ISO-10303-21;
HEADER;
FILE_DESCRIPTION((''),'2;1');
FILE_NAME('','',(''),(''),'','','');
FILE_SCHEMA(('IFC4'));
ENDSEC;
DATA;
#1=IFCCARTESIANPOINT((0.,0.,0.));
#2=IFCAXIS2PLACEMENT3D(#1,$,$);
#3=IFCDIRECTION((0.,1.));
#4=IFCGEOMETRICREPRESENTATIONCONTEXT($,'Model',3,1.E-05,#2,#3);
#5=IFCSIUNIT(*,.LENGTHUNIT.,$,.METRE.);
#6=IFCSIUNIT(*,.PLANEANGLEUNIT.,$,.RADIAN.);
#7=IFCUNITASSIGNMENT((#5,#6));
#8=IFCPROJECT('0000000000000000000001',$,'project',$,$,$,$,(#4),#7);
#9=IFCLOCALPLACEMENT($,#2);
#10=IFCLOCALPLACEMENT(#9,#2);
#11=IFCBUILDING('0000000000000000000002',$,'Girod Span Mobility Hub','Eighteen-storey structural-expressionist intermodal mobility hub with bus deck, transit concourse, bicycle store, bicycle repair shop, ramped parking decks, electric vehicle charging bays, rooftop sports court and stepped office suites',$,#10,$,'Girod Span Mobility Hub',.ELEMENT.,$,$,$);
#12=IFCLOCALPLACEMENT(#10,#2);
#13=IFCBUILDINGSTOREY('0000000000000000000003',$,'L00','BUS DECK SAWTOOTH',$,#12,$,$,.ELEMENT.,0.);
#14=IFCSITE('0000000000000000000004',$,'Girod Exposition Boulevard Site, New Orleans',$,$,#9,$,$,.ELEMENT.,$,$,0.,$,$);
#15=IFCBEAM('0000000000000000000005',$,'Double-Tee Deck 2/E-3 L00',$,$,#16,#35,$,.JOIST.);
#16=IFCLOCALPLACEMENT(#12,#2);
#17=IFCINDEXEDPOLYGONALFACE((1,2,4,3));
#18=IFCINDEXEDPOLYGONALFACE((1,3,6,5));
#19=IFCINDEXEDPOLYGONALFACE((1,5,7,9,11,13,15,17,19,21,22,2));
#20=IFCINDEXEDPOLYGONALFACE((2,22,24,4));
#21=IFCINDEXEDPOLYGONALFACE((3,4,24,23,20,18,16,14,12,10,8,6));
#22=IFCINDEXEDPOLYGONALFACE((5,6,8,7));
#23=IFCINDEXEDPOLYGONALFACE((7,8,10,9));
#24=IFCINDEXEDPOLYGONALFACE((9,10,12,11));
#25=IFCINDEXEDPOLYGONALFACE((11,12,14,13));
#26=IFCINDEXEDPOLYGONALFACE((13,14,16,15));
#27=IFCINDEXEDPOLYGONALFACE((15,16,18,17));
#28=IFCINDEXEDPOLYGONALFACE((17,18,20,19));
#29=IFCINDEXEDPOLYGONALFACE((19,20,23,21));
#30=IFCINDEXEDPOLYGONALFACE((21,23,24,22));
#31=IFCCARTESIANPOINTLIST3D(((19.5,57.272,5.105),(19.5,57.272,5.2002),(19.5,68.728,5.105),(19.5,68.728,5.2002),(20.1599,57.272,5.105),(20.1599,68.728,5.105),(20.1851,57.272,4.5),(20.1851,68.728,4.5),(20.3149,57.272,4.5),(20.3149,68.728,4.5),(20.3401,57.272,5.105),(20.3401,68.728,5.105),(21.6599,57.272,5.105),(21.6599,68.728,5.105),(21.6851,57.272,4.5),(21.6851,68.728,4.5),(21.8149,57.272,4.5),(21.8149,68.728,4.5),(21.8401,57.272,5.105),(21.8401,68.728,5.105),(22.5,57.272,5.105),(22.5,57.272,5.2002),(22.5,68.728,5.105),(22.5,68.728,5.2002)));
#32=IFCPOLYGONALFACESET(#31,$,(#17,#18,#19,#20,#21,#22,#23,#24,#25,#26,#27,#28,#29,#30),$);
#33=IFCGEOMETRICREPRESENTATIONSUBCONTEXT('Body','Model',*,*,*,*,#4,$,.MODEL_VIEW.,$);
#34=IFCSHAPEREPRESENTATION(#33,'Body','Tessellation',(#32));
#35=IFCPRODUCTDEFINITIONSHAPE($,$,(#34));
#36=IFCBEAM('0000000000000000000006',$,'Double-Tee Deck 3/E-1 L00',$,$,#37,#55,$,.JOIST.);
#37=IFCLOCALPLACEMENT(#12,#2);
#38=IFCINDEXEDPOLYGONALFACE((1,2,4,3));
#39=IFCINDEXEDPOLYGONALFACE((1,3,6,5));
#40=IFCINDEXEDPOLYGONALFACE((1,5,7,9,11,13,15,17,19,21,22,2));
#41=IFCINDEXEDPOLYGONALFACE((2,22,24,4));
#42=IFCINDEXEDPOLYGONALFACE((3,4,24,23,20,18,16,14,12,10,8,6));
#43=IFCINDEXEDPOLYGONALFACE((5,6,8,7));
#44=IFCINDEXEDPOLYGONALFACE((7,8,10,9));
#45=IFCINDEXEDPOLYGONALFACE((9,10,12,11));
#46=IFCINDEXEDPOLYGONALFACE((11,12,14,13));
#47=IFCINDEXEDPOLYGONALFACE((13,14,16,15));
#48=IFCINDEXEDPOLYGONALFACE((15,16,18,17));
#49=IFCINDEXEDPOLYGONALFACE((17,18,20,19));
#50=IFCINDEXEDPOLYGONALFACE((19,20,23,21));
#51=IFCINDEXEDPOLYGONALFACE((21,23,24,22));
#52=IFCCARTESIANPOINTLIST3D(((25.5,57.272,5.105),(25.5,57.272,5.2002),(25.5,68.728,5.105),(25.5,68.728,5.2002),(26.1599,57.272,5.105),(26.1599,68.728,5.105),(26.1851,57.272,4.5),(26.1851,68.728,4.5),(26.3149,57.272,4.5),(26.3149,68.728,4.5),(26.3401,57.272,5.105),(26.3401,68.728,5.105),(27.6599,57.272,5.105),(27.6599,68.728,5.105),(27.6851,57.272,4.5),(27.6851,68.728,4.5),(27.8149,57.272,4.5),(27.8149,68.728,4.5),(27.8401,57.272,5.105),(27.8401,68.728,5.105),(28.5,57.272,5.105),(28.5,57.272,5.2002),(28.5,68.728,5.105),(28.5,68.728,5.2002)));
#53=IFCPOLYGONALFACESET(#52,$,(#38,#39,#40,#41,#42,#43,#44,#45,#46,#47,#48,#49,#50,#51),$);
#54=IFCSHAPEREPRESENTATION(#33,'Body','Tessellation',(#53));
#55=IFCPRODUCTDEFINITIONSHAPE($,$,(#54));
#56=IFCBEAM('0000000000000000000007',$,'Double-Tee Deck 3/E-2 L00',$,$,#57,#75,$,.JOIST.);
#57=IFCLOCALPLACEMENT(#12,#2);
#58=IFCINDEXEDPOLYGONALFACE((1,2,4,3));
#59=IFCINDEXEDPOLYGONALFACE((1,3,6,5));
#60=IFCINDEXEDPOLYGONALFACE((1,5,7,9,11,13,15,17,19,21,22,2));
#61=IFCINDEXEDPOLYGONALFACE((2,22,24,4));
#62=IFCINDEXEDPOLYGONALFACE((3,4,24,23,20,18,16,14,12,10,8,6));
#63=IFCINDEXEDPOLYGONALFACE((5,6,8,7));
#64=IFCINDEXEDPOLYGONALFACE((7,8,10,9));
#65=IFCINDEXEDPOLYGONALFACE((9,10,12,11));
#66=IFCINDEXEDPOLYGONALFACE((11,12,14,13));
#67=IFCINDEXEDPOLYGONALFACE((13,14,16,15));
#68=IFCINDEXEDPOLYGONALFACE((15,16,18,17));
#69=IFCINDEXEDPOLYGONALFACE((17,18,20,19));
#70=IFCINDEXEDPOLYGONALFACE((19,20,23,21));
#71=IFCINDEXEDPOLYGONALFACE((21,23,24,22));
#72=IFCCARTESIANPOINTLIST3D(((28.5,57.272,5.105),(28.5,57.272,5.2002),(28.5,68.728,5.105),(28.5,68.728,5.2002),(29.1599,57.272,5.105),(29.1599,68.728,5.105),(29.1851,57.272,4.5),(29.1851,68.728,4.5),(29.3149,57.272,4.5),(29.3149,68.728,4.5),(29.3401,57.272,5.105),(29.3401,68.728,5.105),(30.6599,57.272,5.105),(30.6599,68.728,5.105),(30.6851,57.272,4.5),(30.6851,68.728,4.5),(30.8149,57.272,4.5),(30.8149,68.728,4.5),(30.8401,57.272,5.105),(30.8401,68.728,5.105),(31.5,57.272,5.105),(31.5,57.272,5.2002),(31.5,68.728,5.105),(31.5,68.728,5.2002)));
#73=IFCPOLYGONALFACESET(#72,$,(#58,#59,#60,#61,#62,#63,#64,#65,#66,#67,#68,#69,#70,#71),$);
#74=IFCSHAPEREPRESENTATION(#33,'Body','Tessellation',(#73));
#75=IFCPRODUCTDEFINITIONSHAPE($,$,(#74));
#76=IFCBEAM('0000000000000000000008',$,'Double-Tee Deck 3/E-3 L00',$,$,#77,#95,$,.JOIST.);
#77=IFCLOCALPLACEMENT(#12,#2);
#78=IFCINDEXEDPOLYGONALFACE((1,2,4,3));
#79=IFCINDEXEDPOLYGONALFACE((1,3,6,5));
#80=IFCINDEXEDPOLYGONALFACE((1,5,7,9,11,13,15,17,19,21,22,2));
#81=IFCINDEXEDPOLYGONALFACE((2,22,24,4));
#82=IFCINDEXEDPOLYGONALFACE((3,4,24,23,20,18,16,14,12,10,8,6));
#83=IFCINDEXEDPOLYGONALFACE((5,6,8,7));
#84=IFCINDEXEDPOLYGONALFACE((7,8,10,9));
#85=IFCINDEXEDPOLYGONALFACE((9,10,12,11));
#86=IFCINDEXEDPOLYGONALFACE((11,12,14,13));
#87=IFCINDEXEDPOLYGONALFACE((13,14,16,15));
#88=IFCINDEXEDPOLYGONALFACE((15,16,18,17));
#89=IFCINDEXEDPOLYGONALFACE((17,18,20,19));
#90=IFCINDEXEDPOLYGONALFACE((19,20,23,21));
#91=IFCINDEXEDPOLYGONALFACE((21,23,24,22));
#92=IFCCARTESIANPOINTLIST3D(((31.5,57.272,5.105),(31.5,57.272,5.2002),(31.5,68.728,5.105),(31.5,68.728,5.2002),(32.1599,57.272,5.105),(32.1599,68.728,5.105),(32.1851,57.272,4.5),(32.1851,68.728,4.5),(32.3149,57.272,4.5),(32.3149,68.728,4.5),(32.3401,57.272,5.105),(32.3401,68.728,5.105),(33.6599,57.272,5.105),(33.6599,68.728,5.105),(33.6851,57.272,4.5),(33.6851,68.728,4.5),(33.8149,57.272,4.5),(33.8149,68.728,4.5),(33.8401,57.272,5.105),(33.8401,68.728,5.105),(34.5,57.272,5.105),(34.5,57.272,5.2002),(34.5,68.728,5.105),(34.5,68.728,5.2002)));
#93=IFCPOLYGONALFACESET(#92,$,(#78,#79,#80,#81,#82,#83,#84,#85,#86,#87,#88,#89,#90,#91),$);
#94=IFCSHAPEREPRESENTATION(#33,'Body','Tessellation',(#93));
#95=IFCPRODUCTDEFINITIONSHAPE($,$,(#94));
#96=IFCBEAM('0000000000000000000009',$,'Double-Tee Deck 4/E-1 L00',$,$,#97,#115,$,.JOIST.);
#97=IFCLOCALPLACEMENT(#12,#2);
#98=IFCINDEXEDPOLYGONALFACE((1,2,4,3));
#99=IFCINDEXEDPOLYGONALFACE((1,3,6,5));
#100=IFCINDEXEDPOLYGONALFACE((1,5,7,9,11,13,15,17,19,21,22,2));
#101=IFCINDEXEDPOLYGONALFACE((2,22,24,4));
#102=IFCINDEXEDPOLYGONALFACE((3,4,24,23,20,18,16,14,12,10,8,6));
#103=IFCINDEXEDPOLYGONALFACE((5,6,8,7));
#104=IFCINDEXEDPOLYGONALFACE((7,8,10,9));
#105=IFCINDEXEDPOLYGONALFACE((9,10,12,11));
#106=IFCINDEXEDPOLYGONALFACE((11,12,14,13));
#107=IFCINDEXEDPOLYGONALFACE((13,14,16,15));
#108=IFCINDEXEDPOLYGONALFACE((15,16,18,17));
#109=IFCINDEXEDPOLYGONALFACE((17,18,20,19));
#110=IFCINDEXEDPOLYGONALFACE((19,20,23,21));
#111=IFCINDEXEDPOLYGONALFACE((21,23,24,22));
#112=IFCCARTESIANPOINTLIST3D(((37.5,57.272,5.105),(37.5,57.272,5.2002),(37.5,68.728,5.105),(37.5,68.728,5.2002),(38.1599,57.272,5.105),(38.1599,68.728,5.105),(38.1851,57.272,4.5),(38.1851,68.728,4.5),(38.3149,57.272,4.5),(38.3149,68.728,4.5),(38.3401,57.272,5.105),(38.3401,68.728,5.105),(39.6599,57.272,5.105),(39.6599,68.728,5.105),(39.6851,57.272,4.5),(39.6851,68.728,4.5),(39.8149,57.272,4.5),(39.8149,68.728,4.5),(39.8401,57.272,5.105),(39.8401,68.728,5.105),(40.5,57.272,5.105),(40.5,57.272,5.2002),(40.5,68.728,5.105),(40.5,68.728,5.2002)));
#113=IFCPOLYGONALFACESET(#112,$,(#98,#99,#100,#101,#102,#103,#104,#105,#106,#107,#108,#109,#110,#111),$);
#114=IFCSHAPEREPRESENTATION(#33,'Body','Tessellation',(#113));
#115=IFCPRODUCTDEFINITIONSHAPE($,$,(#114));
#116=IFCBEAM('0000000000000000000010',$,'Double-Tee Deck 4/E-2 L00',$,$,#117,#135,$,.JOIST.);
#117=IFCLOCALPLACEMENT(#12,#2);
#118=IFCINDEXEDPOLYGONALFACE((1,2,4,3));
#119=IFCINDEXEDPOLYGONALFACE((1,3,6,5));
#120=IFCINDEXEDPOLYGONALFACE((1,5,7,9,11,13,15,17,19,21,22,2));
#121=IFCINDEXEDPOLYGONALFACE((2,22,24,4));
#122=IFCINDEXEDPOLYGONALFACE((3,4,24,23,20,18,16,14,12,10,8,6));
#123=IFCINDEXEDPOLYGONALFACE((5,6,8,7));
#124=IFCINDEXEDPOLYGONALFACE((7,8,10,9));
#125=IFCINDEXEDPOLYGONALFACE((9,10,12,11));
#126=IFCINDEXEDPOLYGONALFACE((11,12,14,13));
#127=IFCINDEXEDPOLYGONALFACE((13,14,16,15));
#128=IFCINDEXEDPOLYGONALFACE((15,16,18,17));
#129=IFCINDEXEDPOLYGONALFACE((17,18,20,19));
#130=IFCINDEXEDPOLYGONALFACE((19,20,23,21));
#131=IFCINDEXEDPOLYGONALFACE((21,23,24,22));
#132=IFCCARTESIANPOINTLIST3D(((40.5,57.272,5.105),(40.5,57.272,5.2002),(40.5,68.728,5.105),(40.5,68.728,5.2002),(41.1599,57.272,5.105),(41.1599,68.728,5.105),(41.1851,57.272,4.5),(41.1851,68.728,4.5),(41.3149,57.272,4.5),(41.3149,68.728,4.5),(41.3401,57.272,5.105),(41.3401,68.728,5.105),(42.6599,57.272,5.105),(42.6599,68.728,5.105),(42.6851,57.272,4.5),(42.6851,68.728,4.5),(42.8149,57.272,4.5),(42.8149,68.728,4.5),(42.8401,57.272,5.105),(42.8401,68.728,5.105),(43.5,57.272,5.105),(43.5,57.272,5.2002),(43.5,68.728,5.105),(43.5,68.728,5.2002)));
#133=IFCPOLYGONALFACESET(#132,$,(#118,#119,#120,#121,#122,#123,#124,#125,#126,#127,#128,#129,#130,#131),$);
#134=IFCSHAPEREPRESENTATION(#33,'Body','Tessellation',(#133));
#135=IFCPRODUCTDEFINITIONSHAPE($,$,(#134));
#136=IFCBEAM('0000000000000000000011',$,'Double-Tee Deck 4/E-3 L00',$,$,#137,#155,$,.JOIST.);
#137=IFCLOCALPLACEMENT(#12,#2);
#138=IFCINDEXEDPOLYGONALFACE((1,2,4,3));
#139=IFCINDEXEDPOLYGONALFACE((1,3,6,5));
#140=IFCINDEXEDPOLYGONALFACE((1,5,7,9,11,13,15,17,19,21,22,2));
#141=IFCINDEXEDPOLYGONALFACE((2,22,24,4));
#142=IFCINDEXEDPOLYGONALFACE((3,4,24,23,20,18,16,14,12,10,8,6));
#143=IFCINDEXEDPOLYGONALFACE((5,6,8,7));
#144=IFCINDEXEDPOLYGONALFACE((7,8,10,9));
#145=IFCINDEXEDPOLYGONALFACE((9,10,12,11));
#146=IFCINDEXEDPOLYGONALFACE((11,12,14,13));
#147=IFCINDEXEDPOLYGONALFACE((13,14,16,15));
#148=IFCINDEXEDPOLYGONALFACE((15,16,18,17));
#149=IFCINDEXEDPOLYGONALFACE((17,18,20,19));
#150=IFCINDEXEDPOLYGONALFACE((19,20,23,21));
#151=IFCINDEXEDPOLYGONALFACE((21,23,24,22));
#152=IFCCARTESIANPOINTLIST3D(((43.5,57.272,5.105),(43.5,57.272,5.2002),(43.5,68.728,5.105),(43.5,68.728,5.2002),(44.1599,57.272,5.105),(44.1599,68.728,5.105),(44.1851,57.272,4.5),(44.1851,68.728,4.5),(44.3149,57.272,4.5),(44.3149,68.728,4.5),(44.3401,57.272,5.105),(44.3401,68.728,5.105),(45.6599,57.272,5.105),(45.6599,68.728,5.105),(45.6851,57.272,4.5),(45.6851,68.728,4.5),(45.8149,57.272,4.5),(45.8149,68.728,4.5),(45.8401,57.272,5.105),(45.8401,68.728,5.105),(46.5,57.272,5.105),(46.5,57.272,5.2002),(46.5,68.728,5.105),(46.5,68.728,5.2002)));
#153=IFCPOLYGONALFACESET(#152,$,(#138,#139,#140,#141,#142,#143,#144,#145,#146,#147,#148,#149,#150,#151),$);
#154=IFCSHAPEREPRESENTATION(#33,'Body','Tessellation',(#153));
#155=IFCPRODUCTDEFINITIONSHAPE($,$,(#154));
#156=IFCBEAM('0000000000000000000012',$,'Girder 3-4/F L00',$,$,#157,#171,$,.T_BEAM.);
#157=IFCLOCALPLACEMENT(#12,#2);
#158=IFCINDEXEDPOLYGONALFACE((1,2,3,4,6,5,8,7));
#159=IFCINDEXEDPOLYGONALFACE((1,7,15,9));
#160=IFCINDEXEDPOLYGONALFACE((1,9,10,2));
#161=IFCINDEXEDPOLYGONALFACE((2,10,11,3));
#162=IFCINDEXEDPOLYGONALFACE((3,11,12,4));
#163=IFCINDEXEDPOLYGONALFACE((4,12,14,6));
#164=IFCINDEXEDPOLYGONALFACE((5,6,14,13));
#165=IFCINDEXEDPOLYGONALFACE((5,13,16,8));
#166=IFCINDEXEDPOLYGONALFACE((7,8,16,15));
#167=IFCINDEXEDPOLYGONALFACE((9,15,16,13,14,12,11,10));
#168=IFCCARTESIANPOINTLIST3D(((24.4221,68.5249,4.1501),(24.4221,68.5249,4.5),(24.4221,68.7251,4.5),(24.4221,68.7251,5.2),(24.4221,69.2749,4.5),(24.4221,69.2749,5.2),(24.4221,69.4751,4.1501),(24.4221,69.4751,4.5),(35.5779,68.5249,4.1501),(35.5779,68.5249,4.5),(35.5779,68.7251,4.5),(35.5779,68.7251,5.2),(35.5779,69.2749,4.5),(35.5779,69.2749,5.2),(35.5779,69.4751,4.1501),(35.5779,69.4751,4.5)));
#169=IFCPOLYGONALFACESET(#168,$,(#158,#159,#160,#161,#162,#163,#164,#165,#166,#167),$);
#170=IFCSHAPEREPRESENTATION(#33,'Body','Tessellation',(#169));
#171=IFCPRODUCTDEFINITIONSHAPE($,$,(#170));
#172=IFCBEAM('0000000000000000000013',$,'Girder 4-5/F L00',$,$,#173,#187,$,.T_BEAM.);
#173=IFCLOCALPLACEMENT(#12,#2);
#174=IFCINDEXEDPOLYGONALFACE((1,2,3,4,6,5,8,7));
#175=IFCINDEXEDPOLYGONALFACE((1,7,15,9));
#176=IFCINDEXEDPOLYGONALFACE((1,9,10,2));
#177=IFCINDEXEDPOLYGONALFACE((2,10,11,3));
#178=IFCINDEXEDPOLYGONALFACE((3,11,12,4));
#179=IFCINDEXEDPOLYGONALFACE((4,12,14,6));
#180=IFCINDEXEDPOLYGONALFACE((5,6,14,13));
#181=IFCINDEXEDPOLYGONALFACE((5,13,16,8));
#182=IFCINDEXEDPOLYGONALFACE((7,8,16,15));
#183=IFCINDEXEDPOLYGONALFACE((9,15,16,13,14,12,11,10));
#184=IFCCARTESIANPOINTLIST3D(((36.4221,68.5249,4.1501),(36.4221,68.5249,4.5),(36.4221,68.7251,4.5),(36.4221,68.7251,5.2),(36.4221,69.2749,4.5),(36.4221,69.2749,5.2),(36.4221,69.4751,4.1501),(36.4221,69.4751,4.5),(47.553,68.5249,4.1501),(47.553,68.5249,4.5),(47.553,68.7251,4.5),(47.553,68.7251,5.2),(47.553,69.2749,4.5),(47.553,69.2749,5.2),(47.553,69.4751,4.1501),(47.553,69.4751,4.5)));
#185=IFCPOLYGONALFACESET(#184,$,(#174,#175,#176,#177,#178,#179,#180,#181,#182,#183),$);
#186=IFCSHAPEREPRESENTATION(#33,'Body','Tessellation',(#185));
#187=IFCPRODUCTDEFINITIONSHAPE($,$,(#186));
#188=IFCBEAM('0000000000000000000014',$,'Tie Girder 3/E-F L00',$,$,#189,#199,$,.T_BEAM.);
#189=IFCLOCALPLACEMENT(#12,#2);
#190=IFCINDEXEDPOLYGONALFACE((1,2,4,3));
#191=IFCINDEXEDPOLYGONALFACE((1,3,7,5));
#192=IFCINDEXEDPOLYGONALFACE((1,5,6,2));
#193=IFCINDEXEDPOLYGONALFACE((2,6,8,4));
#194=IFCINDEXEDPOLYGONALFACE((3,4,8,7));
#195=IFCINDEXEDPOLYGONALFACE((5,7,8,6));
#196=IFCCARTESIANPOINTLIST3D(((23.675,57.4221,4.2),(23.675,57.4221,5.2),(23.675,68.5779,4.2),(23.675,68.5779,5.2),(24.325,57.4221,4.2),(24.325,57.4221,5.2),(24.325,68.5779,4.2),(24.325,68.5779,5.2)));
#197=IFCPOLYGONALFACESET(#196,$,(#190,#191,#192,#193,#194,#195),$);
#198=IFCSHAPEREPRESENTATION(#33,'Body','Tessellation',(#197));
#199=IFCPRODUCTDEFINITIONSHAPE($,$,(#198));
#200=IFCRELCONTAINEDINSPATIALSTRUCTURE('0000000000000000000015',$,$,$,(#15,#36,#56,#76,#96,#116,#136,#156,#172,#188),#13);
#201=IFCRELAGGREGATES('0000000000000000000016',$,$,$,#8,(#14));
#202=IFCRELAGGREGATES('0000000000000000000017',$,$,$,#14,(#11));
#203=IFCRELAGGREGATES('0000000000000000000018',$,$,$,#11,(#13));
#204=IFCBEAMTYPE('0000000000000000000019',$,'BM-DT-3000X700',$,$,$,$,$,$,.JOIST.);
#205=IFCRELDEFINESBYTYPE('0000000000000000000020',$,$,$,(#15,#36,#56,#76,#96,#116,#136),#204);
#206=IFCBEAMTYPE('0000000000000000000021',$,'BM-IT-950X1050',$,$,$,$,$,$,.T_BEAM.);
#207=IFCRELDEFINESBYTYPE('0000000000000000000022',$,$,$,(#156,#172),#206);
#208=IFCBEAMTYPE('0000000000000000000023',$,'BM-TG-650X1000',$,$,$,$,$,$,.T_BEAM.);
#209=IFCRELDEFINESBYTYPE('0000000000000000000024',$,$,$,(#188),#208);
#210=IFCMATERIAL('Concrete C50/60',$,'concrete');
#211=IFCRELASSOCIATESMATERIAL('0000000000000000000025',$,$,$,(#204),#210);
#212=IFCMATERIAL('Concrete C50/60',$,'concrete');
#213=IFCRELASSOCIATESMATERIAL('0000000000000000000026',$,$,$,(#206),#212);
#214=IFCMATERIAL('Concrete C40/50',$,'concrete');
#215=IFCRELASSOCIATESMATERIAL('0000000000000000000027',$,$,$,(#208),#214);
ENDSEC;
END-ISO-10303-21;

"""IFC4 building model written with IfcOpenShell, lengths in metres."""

from ifc_helpers import new_model, si_unit, direction, frame, origin, origin_2d, place, context, subcontext, project, spatial, polyline, rectangle, outline, extrude, material, material_profile, profile_set, type_object, element, save


model = new_model("IFC4")

# Units and contexts
model_context = context("Model", 3, precision=1e-05, world=origin(), true_north=direction((0.0, 1.0)))
body_context = subcontext(model_context, "Body", "Model", "MODEL_VIEW")
ifc_project = project(units=[si_unit("LENGTHUNIT", "METRE"), si_unit("PLANEANGLEUNIT", "RADIAN")], contexts=[model_context])

# Site, building, storey
site_placement = place(None, origin())
site = spatial("IfcSite", under=ifc_project, at=site_placement, Name="Girod Exposition Boulevard Site, New Orleans", CompositionType="ELEMENT", RefElevation=0.0)
building_placement = place(site_placement, origin())
building = spatial("IfcBuilding", under=site, at=building_placement, Name="Girod Span Mobility Hub", Description="Eighteen-storey structural-expressionist intermodal mobility hub with bus deck, transit concourse, bicycle store, bicycle repair shop, ramped parking decks, electric vehicle charging bays, rooftop sports court and stepped office suites", LongName="Girod Span Mobility Hub", CompositionType="ELEMENT")
storey_placement = place(building_placement, origin())
storey = spatial("IfcBuildingStorey", under=building, at=storey_placement, Name="L00", Description="BUS DECK SAWTOOTH", CompositionType="ELEMENT", Elevation=0.0)

# Beams
ifc_material_1 = material(Name="Concrete C50/60", Category="concrete")
ifc_material_profile_1 = material_profile(ifc_material_1, outline(polyline([(-1.5, 0.3501), (-1.5, 0.2549), (-0.8401, 0.2549), (-0.8149, -0.3501), (-0.6851, -0.3501), (-0.6599, 0.2549), (0.6599, 0.2549), (0.6851, -0.3501), (0.8149, -0.3501), (0.8401, 0.2549), (1.5, 0.2549), (1.5, 0.3501), (-1.5, 0.3501)])), Name="DT-3000X700")
ifc_profile_set_1 = profile_set([ifc_material_profile_1], Name="Concrete C50/60")
beam_type_1 = type_object("IfcBeamType", Name="BM-DT-3000X700", PredefinedType="JOIST", material=ifc_profile_set_1)
for number, where, z_axis, x_axis, name in (
    (1, (21.0, 57.272, 4.8501), (0.0, 1.0, 0.0), (-1.0, 0.0, 0.0), "Double-Tee Deck 2/E-3 L00"),
    (2, (27.0, 57.272, 4.8501), (0.0, 1.0, 0.0), (-1.0, 0.0, 0.0), "Double-Tee Deck 3/E-1 L00"),
    (3, (30.0, 57.272, 4.8501), (0.0, 1.0, 0.0), (-1.0, 0.0, 0.0), "Double-Tee Deck 3/E-2 L00"),
    (4, (33.0, 57.272, 4.8501), (0.0, 1.0, 0.0), (-1.0, 0.0, 0.0), "Double-Tee Deck 3/E-3 L00"),
    (5, (39.0, 57.272, 4.8501), (0.0, 1.0, 0.0), (-1.0, 0.0, 0.0), "Double-Tee Deck 4/E-1 L00"),
    (6, (42.0, 57.272, 4.8501), (0.0, 1.0, 0.0), (-1.0, 0.0, 0.0), "Double-Tee Deck 4/E-2 L00"),
    (7, (45.0, 57.272, 4.8501), (0.0, 1.0, 0.0), (-1.0, 0.0, 0.0), "Double-Tee Deck 4/E-3 L00"),
):
    element("IfcBeam", number, at=place(storey_placement, frame(where, z_axis=z_axis, x_axis=x_axis)), inside=storey, type_object=beam_type_1, Name=name, PredefinedType="JOIST", context=body_context, shape_type="SweptSolid", body=[
        extrude(outline(polyline([(-1.5, 0.3501), (-1.5, 0.2549), (-0.8401, 0.2549), (-0.8149, -0.3501), (-0.6851, -0.3501), (-0.6599, 0.2549), (0.6599, 0.2549), (0.6851, -0.3501), (0.8149, -0.3501), (0.8401, 0.2549), (1.5, 0.2549), (1.5, 0.3501), (-1.5, 0.3501)])), origin(), (0.0, 0.0, 1.0), 11.4561),
    ])
ifc_material_2 = material(Name="Concrete C50/60", Category="concrete")
ifc_material_profile_2 = material_profile(ifc_material_2, outline(polyline([(-0.4751, -0.5249), (0.4751, -0.5249), (0.4751, -0.175), (0.2749, -0.175), (0.2749, 0.5249), (-0.2749, 0.5249), (-0.2749, -0.175), (-0.4751, -0.175), (-0.4751, -0.5249)])), Name="IT-950X1050")
ifc_profile_set_2 = profile_set([ifc_material_profile_2], Name="Concrete C50/60")
beam_type_2 = type_object("IfcBeamType", Name="BM-IT-950X1050", PredefinedType="T_BEAM", material=ifc_profile_set_2)
beam_1_placement = place(storey_placement, frame((24.4221, 69.0, 4.675), z_axis=(1.0, 0.0, 0.0), x_axis=(0.0, 1.0, 0.0)))
element("IfcBeam", 8, at=beam_1_placement, inside=storey, type_object=beam_type_2, Name="Girder 3-4/F L00", PredefinedType="T_BEAM", context=body_context, shape_type="SweptSolid", body=[
    extrude(outline(polyline([(-0.4751, -0.5249), (0.4751, -0.5249), (0.4751, -0.175), (0.2749, -0.175), (0.2749, 0.5249), (-0.2749, 0.5249), (-0.2749, -0.175), (-0.4751, -0.175), (-0.4751, -0.5249)])), origin(), (0.0, 0.0, 1.0), 11.1558),
])
beam_2_placement = place(storey_placement, frame((36.4221, 69.0, 4.675), z_axis=(1.0, 0.0, 0.0), x_axis=(0.0, 1.0, 0.0)))
element("IfcBeam", 9, at=beam_2_placement, inside=storey, type_object=beam_type_2, Name="Girder 4-5/F L00", PredefinedType="T_BEAM", context=body_context, shape_type="SweptSolid", body=[
    extrude(outline(polyline([(-0.4751, -0.5249), (0.4751, -0.5249), (0.4751, -0.175), (0.2749, -0.175), (0.2749, 0.5249), (-0.2749, 0.5249), (-0.2749, -0.175), (-0.4751, -0.175), (-0.4751, -0.5249)])), origin(), (0.0, 0.0, 1.0), 11.1309),
])
ifc_material_3 = material(Name="Concrete C40/50", Category="concrete")
ifc_material_profile_3 = material_profile(ifc_material_3, rectangle(XDim=0.6499, YDim=1.0, at=origin_2d()), Name="TG-650X1000")
ifc_profile_set_3 = profile_set([ifc_material_profile_3], Name="Concrete C40/50")
beam_type_3 = type_object("IfcBeamType", Name="BM-TG-650X1000", PredefinedType="T_BEAM", material=ifc_profile_set_3)
for number, where, z_axis, x_axis, name in (
    (10, (24.0, 57.4221, 4.7), (0.0, 1.0, 0.0), (-1.0, 0.0, 0.0), "Tie Girder 3/E-F L00"),
):
    element("IfcBeam", number, at=place(storey_placement, frame(where, z_axis=z_axis, x_axis=x_axis)), inside=storey, type_object=beam_type_3, Name=name, PredefinedType="T_BEAM", context=body_context, shape_type="SweptSolid", body=[
        extrude(rectangle(XDim=0.6499, YDim=1.0, at=origin_2d()), origin(), (0.0, 0.0, 1.0), 11.1558),
    ])

save(model, "model.ifc")
